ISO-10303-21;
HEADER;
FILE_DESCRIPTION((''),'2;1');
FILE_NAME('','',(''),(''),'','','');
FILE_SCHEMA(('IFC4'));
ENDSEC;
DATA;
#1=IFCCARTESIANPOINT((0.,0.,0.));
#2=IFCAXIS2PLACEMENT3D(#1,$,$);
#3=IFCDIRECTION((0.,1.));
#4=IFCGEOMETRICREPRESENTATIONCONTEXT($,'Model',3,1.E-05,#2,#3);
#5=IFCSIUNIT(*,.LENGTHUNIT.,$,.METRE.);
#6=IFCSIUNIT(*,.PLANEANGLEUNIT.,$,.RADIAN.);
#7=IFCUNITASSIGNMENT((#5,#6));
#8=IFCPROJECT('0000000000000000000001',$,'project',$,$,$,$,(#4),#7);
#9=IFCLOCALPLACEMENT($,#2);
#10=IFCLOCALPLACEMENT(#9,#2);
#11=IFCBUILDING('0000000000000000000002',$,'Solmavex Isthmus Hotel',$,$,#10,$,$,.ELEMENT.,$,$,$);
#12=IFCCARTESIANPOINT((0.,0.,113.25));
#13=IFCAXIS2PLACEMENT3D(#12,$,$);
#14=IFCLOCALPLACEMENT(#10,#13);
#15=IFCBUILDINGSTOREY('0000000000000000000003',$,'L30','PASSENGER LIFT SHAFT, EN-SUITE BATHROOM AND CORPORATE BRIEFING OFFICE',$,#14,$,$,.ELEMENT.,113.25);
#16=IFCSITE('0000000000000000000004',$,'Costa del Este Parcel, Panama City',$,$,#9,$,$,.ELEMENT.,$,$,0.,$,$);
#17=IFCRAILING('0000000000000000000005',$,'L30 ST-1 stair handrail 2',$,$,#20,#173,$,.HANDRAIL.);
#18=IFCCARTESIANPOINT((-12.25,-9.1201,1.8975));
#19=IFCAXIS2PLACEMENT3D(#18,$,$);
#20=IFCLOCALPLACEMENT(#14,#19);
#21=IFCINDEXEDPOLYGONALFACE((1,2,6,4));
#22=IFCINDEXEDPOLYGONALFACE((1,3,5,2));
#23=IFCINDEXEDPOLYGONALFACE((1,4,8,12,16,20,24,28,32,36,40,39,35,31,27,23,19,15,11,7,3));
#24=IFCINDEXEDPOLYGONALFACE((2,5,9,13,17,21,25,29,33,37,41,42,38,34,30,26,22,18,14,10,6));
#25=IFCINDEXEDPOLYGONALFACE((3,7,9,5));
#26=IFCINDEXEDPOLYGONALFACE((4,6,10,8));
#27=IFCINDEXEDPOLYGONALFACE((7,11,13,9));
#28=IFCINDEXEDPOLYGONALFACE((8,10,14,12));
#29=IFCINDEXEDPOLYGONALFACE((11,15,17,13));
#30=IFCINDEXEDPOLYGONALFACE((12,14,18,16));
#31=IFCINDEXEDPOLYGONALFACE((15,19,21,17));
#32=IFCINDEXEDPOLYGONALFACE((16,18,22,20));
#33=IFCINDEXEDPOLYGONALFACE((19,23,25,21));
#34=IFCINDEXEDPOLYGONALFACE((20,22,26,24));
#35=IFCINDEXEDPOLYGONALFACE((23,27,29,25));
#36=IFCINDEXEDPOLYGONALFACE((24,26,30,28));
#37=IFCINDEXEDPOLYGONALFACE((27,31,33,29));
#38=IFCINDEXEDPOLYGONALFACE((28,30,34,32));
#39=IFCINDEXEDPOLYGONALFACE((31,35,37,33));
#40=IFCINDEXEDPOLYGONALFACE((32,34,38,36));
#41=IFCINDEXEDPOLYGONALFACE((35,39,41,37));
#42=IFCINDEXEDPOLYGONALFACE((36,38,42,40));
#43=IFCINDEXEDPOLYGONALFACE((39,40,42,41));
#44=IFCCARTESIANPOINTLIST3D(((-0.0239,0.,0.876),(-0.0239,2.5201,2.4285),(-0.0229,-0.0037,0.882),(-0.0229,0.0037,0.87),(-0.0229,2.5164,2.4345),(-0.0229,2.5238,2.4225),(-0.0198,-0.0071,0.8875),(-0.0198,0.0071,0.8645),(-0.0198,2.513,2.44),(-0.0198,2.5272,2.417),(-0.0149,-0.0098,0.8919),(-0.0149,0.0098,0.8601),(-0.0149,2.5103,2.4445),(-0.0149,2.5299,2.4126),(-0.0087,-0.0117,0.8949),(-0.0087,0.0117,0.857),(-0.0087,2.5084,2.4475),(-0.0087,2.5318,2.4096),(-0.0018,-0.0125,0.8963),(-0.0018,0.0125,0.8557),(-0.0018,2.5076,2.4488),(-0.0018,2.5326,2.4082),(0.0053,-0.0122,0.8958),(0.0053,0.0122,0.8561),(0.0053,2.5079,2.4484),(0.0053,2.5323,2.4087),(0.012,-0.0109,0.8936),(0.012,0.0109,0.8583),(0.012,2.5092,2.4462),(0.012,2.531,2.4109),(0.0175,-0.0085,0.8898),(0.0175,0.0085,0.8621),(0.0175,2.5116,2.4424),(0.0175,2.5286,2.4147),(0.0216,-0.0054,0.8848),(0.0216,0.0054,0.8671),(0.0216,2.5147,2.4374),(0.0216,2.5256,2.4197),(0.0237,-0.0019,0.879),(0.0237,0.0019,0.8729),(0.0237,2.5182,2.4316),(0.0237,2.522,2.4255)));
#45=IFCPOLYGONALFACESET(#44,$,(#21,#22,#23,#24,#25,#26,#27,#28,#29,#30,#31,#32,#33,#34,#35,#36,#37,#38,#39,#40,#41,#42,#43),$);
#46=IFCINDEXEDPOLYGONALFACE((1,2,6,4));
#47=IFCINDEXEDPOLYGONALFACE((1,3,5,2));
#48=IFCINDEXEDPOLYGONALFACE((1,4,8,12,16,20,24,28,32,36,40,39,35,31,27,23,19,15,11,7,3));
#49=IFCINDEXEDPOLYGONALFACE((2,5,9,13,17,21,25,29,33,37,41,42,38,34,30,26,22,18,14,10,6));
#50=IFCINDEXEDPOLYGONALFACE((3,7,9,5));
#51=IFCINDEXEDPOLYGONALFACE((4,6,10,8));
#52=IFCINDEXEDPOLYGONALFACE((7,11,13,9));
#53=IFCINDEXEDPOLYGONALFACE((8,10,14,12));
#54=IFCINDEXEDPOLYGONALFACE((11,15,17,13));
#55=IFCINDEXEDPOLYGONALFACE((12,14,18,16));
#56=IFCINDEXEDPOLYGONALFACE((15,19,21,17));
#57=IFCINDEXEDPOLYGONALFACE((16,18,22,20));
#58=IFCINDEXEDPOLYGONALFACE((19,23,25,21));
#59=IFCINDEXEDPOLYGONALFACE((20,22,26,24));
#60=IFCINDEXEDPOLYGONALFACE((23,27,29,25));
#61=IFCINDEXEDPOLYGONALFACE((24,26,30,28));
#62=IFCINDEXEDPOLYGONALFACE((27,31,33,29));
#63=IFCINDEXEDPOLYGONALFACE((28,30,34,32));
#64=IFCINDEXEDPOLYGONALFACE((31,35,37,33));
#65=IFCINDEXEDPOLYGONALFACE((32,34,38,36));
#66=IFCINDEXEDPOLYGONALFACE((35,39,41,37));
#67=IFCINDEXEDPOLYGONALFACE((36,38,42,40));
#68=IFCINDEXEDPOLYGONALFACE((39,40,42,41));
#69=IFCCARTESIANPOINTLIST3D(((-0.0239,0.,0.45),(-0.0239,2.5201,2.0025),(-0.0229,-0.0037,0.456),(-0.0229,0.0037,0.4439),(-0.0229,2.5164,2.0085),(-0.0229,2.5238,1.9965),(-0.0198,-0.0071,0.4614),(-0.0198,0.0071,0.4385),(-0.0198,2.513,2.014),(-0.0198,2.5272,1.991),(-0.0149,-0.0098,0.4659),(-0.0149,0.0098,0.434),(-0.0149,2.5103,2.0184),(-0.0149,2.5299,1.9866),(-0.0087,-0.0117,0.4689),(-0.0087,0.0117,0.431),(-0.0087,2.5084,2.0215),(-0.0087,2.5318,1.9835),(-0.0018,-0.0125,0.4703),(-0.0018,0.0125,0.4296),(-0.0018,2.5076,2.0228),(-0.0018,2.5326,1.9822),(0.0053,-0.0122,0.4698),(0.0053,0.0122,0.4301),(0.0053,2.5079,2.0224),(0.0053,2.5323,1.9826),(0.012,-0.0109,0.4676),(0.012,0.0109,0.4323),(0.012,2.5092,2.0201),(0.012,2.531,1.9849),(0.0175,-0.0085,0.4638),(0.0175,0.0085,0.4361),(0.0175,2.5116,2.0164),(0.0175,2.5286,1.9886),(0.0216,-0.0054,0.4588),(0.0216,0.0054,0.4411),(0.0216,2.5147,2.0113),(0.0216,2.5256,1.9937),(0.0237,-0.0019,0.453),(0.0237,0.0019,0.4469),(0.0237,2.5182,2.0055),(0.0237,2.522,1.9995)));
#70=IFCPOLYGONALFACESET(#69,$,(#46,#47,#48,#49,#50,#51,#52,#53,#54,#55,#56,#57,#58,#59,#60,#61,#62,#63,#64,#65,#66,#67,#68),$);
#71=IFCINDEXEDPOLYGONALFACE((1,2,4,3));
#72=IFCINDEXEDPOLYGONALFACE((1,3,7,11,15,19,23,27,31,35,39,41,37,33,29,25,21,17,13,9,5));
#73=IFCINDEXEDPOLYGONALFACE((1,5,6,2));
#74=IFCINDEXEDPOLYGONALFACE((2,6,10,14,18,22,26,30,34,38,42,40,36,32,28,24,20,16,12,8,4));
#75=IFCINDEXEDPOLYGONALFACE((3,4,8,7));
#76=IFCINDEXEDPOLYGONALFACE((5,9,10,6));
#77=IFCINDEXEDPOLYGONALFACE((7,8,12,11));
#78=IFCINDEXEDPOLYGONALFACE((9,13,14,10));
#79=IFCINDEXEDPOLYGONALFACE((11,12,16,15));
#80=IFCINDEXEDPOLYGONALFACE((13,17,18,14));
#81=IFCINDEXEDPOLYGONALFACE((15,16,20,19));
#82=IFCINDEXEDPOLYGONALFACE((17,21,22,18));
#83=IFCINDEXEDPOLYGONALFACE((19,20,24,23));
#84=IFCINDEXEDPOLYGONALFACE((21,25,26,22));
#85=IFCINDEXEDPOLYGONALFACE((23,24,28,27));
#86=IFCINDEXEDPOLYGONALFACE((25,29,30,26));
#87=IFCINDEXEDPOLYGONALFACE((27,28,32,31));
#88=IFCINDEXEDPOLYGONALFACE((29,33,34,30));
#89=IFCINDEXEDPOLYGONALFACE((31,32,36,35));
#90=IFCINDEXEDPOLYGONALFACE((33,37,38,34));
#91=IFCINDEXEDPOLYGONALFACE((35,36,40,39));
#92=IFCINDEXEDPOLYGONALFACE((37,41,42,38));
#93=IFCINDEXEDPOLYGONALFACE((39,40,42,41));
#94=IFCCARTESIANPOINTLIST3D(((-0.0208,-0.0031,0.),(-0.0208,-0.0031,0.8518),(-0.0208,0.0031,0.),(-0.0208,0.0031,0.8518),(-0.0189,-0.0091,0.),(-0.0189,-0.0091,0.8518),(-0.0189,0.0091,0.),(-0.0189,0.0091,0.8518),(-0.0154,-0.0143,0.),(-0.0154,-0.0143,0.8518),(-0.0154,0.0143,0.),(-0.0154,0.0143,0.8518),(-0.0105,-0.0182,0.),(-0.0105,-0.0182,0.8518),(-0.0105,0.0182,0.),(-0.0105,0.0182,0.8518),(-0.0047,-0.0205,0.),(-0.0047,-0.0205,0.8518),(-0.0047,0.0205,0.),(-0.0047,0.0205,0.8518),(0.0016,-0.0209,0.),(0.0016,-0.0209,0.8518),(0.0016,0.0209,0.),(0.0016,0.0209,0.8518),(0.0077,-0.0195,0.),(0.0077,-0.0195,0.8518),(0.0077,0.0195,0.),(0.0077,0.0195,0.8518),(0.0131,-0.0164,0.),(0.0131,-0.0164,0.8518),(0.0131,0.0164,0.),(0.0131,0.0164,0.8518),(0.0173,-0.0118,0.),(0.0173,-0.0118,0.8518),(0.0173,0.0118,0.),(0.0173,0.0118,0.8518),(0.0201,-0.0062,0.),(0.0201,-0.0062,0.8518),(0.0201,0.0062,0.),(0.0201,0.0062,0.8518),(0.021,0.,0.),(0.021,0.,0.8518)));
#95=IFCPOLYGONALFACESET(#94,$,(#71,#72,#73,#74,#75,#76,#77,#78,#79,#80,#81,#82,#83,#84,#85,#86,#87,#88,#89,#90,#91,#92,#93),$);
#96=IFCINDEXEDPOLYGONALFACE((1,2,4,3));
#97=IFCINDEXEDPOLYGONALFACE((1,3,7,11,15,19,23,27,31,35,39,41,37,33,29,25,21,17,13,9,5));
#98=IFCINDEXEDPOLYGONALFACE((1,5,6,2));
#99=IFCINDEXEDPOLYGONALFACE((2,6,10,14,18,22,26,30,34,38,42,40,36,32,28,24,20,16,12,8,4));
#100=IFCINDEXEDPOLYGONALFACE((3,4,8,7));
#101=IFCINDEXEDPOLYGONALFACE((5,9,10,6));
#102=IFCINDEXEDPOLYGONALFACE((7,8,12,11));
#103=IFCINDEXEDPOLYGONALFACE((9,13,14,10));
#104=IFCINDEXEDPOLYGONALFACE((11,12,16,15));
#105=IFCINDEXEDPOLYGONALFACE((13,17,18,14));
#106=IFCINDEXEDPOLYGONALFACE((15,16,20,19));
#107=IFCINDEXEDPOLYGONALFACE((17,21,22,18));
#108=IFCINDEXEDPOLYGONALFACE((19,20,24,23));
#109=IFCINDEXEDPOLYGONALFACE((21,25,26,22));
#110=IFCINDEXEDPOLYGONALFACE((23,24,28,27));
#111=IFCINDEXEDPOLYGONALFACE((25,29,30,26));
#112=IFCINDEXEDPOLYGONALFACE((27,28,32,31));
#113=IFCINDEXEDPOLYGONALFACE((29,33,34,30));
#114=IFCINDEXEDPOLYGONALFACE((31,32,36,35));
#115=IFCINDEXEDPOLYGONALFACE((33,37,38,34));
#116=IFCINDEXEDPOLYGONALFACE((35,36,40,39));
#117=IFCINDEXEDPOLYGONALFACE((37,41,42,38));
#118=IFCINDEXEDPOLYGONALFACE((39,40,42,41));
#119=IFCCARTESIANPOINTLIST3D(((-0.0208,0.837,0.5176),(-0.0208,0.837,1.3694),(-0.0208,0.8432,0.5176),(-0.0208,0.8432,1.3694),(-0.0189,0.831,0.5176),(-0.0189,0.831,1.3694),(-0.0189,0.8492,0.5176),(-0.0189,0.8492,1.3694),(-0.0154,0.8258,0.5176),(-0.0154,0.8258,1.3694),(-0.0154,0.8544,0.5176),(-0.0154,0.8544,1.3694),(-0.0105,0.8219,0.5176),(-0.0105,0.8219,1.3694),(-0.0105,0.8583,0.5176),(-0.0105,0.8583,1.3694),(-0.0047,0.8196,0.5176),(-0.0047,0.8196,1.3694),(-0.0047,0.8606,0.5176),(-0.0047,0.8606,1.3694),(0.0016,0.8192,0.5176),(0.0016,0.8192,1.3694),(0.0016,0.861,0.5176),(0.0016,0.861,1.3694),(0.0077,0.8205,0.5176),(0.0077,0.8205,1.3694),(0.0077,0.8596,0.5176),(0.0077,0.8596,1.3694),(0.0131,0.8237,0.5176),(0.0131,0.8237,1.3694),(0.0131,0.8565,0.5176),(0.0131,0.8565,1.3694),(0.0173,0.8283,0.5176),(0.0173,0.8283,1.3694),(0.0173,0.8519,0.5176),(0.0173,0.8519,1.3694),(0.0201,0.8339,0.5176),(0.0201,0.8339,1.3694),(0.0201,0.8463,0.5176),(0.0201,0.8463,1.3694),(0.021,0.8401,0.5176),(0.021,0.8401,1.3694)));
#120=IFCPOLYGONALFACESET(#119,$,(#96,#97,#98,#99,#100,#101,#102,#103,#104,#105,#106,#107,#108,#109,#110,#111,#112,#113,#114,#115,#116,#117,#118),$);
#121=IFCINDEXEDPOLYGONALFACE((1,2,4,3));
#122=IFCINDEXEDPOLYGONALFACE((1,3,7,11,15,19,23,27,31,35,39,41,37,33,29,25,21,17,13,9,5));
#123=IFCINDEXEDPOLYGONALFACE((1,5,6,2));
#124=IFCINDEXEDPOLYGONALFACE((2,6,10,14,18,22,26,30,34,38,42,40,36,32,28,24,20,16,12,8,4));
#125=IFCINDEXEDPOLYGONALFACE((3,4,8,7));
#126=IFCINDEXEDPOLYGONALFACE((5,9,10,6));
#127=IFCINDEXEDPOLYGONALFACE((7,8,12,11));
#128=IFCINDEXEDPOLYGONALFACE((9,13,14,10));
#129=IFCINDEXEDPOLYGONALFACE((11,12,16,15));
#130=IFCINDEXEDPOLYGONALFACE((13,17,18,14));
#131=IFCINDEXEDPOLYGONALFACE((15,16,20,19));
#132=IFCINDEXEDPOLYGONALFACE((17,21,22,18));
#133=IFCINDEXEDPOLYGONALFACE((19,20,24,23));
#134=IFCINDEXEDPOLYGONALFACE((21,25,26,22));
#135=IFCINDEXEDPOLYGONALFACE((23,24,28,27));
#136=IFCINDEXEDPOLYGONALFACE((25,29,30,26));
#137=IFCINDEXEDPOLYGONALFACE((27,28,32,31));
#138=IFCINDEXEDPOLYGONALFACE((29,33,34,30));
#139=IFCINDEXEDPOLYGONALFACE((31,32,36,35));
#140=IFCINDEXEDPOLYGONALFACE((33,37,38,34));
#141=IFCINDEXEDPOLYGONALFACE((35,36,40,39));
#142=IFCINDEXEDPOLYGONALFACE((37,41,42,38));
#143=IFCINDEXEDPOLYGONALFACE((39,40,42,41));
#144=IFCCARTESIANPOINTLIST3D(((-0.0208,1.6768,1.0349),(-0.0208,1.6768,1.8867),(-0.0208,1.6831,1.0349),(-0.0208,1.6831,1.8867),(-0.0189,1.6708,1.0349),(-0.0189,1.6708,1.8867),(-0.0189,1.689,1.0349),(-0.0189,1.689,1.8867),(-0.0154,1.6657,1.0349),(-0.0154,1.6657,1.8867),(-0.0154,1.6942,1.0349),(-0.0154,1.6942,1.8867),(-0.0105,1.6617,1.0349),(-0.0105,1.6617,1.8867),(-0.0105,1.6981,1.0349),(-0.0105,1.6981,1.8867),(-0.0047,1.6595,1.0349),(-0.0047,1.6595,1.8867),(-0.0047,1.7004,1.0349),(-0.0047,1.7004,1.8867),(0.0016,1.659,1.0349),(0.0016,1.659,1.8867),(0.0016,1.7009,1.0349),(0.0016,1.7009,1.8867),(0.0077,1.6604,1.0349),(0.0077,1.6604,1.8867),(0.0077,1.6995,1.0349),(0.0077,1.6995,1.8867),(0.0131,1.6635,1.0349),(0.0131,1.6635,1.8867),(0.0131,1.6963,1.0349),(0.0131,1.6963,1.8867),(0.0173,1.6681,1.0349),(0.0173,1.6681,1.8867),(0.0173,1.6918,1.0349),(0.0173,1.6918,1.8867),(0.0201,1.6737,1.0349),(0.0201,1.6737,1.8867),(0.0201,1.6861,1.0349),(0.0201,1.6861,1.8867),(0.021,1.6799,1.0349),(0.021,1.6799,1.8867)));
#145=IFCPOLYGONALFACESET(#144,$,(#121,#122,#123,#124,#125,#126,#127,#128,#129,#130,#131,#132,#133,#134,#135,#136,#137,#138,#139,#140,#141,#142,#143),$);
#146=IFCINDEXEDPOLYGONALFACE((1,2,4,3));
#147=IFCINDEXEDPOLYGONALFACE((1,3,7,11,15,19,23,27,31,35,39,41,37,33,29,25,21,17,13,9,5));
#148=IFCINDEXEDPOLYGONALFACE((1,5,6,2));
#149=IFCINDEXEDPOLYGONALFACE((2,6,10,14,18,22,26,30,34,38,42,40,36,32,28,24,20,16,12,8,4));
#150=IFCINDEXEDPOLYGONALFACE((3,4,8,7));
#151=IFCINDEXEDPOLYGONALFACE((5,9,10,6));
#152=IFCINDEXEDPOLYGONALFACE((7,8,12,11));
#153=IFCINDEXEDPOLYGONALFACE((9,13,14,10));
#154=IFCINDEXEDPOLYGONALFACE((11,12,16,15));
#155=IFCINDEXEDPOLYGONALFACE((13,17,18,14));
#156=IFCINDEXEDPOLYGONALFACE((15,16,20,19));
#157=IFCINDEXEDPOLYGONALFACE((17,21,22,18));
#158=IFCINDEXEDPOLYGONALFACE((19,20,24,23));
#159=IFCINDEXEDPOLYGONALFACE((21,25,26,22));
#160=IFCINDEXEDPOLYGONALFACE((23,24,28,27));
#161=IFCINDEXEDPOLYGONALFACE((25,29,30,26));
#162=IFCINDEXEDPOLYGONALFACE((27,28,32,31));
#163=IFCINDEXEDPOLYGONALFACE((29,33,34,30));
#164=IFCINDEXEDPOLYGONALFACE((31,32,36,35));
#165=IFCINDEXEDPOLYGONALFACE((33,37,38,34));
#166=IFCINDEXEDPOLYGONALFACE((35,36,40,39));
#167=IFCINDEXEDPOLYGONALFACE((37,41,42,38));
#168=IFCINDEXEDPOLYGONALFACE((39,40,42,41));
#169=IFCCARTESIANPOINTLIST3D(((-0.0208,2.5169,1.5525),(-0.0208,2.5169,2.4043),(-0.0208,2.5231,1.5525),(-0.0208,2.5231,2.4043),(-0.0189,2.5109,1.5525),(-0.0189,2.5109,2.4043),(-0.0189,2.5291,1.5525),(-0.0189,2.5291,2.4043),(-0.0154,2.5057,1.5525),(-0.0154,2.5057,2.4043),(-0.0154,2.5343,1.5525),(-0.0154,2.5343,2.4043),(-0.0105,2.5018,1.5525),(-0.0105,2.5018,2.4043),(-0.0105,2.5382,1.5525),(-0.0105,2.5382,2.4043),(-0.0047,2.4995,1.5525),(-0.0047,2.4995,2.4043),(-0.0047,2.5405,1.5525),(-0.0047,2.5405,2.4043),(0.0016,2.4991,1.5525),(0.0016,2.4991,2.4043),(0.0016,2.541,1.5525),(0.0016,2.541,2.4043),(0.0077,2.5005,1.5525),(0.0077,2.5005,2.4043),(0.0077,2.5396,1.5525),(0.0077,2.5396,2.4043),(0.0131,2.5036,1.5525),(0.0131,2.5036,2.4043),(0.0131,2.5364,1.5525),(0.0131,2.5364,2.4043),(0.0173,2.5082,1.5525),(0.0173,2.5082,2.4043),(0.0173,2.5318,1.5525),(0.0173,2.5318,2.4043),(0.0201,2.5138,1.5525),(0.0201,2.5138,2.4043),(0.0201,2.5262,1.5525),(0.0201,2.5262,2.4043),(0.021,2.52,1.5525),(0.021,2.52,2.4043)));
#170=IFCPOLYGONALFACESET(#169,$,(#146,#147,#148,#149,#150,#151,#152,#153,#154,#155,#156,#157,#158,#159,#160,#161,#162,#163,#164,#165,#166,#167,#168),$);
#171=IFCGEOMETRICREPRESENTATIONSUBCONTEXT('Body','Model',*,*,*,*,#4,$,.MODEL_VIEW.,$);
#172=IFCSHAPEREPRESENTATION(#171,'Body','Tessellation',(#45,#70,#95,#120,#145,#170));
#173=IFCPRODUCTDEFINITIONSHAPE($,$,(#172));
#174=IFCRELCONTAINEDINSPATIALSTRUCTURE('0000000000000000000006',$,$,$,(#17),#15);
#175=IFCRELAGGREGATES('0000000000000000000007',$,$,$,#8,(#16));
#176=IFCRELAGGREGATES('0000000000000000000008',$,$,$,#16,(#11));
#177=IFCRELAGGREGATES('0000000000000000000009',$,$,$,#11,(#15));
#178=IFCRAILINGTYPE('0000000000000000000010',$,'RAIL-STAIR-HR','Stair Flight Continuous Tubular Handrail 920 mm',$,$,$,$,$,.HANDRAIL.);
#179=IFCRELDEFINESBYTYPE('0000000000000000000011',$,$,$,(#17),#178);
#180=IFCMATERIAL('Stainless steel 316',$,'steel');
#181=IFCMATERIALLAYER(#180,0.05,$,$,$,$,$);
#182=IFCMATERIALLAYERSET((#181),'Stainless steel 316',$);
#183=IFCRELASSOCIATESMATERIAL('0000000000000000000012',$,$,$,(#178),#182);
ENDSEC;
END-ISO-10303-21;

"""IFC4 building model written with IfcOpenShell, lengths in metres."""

from ifc_helpers import new_model, si_unit, direction, frame, origin, origin_2d, place, context, subcontext, project, spatial, circle, extrude, material, layer, layer_set, type_object, element, save


model = new_model("IFC4")

# Units and contexts
model_context = context("Model", 3, precision=1e-05, world=origin(), true_north=direction((0.0, 1.0)))
body_context = subcontext(model_context, "Body", "Model", "MODEL_VIEW")
ifc_project = project(units=[si_unit("LENGTHUNIT", "METRE"), si_unit("PLANEANGLEUNIT", "RADIAN")], contexts=[model_context])

# Site, building, storey
site_placement = place(None, origin())
site = spatial("IfcSite", under=ifc_project, at=site_placement, Name="Costa del Este Parcel, Panama City", CompositionType="ELEMENT", RefElevation=0.0)
building_placement = place(site_placement, origin())
building = spatial("IfcBuilding", under=site, at=building_placement, Name="Solmavex Isthmus Hotel", CompositionType="ELEMENT")
storey_placement = place(building_placement, frame((0.0, 0.0, 113.25)))
storey = spatial("IfcBuildingStorey", under=building, at=storey_placement, Name="L30", Description="PASSENGER LIFT SHAFT, EN-SUITE BATHROOM AND CORPORATE BRIEFING OFFICE", CompositionType="ELEMENT", Elevation=113.25)

# Shared definitions
ifc_material_1 = material(Name="Stainless steel 316", Category="steel")

# Railing
ifc_layer_1 = layer(ifc_material_1, 0.05)
ifc_layer_set_1 = layer_set([ifc_layer_1], Name="Stainless steel 316")
railing_type_1 = type_object("IfcRailingType", Name="RAIL-STAIR-HR", Description="Stair Flight Continuous Tubular Handrail 920 mm", PredefinedType="HANDRAIL", material=ifc_layer_set_1)
railing_1_placement = place(storey_placement, frame((-12.25, -9.1201, 1.8975)))
element("IfcRailing", 1, at=railing_1_placement, inside=storey, type_object=railing_type_1, Name="L30 ST-1 stair handrail 2", PredefinedType="HANDRAIL", context=body_context, shape_type="SweptSolid", body=[
    extrude(circle(Radius=0.0239, at=origin_2d()), frame((0.0, 0.0, 0.876), z_axis=(0.0, 0.8514, 0.524516), x_axis=(-1.0, 0.0, 0.0)), (0.0, 0.0, 1.0), 2.96),
    extrude(circle(Radius=0.0239, at=origin_2d()), frame((0.0, 0.0, 0.45), z_axis=(0.0, 0.8514, 0.524516), x_axis=(-1.0, 0.0, 0.0)), (0.0, 0.0, 1.0), 2.96),
    extrude(circle(Radius=0.021, at=origin_2d()), origin(), (0.0, 0.0, 1.0), 0.8518),
    extrude(circle(Radius=0.021, at=origin_2d()), frame((0.0, 0.8401, 0.5176)), (0.0, 0.0, 1.0), 0.8518),
    extrude(circle(Radius=0.021, at=origin_2d()), frame((0.0, 1.6799, 1.0349)), (0.0, 0.0, 1.0), 0.8518),
    extrude(circle(Radius=0.021, at=origin_2d()), frame((0.0, 2.52, 1.5525)), (0.0, 0.0, 1.0), 0.8518),
])

save(model, "model.ifc")
